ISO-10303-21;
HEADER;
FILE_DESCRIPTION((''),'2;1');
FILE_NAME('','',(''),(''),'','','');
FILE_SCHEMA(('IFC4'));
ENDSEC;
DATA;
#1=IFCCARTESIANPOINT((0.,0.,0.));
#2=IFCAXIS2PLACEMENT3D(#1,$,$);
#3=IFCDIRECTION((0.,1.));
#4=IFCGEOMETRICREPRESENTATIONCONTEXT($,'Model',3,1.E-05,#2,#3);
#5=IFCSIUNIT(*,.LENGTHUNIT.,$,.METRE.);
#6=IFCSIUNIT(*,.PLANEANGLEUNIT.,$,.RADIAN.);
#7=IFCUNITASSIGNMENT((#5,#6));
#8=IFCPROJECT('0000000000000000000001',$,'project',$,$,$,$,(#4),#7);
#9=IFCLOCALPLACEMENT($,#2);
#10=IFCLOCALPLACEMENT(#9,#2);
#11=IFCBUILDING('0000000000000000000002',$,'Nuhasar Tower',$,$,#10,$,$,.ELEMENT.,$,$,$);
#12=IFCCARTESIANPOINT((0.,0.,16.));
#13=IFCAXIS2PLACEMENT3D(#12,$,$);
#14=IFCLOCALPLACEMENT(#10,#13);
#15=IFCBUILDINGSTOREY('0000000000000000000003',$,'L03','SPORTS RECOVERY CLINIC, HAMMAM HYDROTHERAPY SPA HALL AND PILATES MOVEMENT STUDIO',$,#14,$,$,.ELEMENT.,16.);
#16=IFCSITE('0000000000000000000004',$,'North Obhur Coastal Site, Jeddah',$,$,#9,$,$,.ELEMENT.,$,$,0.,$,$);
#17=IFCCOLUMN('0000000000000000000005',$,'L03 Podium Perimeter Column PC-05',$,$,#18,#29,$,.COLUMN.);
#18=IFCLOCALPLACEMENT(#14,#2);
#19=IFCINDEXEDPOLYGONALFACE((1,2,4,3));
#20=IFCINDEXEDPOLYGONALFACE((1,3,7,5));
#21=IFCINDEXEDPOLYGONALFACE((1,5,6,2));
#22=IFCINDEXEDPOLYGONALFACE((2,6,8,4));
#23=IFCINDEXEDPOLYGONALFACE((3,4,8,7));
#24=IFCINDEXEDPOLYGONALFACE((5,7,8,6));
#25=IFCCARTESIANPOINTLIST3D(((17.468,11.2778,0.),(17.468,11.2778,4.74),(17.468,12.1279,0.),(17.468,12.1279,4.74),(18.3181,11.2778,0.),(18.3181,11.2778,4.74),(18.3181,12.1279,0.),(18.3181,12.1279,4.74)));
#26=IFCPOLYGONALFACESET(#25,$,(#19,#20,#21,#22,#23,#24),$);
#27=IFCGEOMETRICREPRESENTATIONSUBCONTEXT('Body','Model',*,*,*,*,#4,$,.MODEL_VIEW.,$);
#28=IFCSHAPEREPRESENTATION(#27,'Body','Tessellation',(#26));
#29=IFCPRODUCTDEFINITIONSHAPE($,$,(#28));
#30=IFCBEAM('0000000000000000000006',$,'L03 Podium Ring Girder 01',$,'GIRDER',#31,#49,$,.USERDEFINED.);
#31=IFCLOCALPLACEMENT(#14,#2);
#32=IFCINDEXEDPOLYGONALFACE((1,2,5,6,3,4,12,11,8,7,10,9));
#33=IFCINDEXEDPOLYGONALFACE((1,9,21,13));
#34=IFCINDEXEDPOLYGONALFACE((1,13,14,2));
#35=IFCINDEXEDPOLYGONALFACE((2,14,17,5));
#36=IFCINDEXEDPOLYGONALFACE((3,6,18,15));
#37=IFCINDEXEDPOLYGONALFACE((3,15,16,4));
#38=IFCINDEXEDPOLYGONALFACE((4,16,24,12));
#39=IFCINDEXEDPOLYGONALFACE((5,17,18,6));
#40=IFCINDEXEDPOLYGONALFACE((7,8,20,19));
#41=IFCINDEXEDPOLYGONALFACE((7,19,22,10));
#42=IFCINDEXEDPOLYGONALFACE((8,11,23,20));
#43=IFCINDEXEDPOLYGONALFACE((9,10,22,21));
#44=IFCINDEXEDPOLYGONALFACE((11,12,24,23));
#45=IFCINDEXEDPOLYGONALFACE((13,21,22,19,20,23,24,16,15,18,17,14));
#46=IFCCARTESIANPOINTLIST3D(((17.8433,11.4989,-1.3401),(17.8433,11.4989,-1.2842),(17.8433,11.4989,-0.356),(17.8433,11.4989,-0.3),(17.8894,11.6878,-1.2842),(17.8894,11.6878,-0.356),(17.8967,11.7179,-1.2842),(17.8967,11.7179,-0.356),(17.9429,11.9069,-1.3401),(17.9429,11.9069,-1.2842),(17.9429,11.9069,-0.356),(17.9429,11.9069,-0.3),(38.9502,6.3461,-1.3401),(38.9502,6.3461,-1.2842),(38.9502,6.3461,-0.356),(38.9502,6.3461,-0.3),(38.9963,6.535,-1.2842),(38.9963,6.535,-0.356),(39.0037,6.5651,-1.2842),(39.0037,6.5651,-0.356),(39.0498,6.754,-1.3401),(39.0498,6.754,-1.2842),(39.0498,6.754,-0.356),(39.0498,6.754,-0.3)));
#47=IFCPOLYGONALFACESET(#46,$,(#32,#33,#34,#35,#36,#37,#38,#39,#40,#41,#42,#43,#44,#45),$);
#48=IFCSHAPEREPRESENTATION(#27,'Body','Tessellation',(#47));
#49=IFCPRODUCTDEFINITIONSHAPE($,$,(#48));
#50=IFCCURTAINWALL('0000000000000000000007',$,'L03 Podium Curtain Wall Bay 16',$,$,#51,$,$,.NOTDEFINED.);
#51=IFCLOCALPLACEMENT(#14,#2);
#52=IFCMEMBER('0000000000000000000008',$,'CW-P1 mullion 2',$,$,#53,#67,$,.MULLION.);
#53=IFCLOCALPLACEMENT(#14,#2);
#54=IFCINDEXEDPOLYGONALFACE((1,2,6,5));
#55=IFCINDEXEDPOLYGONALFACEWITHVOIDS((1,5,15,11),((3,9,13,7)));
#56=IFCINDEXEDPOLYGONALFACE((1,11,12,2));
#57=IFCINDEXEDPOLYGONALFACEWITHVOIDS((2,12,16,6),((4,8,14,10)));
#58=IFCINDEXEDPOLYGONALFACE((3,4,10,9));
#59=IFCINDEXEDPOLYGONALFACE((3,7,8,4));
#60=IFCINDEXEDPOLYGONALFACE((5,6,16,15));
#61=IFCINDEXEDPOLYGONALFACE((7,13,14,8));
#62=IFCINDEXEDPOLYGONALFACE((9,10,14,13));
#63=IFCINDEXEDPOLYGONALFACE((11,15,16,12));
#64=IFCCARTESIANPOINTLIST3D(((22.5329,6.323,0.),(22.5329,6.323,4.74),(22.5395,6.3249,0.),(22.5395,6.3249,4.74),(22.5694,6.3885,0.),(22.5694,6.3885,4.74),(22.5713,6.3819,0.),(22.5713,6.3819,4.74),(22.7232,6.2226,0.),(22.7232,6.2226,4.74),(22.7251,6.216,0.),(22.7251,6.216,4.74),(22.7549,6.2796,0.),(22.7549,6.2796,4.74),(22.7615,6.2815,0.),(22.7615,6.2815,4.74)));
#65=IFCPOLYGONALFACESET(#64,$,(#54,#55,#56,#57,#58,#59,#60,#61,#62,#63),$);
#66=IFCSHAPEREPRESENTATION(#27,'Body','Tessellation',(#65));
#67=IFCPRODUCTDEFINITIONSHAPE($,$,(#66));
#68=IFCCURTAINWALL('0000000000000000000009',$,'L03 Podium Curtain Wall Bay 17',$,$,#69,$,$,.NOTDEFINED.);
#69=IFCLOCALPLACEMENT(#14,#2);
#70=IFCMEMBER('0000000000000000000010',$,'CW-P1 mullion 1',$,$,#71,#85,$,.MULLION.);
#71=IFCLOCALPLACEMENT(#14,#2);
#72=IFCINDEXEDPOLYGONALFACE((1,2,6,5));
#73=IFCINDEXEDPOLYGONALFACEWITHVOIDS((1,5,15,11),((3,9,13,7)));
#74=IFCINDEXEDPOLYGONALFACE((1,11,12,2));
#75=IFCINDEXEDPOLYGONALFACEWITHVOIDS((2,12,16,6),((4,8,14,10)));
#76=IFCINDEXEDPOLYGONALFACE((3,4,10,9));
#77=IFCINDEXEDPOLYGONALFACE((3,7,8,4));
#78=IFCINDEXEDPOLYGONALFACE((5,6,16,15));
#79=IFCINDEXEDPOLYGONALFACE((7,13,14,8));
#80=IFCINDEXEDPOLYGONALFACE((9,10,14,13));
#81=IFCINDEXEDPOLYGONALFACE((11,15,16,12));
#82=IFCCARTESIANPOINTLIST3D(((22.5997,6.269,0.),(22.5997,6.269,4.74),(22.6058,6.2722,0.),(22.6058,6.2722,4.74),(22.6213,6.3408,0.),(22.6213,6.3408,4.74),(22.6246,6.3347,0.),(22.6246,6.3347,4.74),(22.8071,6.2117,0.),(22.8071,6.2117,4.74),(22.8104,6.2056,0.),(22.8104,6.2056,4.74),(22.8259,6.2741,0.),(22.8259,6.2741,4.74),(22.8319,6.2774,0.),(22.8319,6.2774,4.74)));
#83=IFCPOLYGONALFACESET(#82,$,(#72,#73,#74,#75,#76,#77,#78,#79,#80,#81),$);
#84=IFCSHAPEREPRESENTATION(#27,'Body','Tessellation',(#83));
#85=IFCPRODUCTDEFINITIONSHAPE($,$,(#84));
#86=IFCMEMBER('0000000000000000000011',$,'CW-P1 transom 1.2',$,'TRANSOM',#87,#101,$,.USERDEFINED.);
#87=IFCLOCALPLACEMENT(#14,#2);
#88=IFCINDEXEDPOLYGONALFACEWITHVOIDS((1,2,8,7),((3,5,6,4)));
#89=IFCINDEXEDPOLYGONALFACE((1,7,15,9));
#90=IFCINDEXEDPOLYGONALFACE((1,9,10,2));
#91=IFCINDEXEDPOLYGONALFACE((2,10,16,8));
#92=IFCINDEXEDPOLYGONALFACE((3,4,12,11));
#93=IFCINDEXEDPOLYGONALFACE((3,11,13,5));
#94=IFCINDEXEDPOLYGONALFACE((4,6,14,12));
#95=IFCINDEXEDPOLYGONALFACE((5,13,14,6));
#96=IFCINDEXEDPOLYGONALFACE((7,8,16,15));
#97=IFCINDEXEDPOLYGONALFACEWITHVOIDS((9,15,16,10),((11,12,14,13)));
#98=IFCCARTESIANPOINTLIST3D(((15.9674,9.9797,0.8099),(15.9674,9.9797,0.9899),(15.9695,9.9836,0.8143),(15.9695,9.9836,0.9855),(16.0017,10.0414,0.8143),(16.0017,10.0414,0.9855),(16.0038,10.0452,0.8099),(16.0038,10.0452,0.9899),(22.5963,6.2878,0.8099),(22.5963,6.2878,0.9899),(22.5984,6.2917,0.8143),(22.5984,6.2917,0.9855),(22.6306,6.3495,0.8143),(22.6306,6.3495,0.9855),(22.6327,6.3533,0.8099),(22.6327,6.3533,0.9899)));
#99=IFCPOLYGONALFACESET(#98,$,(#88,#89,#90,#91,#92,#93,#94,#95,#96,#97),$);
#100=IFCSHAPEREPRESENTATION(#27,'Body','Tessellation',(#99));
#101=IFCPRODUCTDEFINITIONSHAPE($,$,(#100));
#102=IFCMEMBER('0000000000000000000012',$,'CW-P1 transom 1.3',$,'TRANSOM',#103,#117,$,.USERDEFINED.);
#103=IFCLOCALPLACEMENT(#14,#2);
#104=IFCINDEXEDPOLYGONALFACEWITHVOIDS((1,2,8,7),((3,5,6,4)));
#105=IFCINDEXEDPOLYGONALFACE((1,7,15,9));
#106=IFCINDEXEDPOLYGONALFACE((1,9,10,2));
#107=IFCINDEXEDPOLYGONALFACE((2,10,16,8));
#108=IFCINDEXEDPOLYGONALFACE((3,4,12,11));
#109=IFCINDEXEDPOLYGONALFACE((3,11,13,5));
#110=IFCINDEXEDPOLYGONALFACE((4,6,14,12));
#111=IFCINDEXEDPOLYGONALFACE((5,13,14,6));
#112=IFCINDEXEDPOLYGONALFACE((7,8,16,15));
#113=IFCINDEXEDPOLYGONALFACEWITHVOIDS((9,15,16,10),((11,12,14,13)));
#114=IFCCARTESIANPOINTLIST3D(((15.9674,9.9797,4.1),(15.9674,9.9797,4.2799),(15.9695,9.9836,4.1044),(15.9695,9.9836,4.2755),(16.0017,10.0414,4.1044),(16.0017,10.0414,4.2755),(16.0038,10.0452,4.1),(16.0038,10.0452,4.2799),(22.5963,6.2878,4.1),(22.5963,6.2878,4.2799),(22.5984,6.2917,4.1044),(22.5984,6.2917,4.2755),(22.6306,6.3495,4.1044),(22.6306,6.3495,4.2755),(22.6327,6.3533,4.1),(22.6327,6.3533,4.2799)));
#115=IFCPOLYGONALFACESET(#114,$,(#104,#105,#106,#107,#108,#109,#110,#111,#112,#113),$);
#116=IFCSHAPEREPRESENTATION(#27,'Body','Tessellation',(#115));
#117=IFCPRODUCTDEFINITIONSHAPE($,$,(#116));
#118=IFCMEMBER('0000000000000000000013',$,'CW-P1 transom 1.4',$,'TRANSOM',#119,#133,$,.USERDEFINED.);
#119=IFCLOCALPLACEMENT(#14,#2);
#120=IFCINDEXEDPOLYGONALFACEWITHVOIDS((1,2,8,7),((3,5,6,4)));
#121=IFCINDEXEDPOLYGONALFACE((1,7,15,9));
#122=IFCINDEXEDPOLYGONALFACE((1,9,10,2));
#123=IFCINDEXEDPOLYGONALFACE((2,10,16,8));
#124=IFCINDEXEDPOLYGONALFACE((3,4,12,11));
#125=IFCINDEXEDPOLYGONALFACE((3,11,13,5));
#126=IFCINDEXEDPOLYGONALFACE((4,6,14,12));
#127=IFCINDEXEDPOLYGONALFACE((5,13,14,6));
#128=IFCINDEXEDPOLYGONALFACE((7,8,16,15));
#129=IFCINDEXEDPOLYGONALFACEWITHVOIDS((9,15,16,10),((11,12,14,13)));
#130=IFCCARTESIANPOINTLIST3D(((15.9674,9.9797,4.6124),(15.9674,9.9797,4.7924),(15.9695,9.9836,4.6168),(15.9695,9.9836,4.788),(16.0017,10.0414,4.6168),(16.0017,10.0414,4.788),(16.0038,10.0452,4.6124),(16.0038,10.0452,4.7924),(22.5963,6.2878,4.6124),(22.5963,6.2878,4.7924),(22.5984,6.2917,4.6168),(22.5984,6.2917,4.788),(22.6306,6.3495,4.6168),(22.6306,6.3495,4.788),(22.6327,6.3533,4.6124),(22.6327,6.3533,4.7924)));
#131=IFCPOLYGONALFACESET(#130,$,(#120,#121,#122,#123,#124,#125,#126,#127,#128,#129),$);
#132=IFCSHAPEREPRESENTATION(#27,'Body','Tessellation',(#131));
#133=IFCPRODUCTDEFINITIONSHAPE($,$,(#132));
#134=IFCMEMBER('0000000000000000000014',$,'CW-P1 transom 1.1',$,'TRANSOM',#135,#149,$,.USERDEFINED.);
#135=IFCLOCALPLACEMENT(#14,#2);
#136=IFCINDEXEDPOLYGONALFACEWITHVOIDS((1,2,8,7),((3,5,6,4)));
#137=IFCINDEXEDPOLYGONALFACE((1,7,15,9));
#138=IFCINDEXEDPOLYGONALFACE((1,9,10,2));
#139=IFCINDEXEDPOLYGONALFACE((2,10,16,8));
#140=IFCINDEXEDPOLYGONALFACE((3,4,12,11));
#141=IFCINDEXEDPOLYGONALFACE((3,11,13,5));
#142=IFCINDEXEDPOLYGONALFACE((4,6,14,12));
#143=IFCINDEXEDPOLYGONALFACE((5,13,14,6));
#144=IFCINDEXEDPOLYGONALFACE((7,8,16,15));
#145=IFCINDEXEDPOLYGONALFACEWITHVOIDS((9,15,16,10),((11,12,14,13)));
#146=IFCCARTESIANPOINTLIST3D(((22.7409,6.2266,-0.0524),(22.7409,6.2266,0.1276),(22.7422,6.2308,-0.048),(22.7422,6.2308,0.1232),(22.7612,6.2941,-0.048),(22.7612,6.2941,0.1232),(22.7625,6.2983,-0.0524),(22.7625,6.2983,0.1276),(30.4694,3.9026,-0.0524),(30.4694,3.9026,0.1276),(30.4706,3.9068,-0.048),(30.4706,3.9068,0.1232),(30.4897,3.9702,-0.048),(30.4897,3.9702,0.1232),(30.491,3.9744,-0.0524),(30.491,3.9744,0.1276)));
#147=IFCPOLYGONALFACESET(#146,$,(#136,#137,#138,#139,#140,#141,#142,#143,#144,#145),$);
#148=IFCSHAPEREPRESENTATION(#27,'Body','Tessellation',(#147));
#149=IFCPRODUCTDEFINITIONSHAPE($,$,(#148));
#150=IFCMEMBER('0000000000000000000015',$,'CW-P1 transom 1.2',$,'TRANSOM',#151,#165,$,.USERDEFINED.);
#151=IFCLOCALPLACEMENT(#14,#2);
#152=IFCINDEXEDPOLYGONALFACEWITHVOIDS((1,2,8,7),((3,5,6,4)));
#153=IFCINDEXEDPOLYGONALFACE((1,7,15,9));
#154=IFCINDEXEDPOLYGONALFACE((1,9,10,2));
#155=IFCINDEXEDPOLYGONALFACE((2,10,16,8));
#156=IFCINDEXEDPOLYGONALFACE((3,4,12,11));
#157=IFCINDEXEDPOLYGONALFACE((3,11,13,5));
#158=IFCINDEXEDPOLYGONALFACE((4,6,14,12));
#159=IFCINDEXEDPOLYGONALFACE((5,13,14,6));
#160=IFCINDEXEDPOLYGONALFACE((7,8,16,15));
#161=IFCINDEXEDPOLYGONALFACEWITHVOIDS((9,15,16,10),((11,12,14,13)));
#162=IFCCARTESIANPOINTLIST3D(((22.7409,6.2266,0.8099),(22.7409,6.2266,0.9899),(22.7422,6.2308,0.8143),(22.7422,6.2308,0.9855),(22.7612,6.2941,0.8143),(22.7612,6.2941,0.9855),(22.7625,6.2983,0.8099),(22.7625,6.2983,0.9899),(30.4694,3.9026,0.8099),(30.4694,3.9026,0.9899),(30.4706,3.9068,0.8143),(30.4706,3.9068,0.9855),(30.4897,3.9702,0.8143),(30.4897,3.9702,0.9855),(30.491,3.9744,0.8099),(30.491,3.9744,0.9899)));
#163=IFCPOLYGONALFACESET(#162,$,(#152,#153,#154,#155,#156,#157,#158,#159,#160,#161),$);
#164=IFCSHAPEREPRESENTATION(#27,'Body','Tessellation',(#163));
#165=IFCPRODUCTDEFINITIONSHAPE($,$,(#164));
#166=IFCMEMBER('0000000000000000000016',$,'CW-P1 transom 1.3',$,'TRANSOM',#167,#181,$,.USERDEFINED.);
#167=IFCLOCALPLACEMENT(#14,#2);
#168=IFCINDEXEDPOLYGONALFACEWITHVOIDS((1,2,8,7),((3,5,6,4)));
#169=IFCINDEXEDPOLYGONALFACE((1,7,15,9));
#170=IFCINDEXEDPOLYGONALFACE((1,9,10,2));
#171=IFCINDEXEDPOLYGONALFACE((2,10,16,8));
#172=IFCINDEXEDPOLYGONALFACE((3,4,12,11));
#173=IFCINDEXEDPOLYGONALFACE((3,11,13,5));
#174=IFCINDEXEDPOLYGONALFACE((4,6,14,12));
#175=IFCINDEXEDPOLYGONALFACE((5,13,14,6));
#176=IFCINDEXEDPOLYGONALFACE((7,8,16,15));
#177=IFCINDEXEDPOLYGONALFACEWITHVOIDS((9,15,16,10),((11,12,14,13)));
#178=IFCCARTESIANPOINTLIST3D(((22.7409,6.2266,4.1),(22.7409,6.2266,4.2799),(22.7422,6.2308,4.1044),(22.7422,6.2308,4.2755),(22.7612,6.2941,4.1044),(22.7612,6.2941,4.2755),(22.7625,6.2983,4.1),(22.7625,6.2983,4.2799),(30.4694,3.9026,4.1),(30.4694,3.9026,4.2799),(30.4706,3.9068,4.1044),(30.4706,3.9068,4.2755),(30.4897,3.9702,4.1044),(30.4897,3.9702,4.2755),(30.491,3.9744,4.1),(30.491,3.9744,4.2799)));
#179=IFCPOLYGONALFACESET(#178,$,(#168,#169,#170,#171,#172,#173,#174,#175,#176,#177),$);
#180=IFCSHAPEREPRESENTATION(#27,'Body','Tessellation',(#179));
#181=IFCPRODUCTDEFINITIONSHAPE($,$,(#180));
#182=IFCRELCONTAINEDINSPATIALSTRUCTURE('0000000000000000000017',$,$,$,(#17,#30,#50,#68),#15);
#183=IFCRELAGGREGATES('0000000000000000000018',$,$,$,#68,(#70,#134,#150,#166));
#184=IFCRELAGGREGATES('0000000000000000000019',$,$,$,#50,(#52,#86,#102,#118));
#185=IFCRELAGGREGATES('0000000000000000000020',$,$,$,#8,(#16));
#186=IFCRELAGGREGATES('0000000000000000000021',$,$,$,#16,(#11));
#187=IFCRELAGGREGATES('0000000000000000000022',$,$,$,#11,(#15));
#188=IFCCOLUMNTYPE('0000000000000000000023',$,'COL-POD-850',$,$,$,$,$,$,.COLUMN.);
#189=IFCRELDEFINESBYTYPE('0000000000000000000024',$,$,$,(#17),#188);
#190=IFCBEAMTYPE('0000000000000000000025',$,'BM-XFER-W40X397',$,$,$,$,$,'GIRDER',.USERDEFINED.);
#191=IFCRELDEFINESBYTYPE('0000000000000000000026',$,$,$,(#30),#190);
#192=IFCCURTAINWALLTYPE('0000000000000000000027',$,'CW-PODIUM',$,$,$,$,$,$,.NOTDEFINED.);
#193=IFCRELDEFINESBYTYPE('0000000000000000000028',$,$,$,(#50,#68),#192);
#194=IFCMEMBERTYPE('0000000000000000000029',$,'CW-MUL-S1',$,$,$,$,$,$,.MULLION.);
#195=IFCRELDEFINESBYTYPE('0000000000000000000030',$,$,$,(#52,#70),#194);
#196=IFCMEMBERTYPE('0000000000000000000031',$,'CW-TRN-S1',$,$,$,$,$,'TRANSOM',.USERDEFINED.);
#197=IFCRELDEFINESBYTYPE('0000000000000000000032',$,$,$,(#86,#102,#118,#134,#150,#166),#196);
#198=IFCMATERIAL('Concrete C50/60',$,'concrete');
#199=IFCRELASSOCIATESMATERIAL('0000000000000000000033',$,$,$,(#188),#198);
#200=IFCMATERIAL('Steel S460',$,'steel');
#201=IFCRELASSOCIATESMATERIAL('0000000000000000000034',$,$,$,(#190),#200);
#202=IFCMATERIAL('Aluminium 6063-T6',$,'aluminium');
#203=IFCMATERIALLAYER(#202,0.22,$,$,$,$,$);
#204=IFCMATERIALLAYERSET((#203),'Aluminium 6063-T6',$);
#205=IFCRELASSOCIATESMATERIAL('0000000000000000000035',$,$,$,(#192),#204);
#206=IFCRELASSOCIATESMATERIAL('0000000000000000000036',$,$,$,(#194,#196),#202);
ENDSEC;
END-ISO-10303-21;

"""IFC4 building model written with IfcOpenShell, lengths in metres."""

from ifc_helpers import new_model, si_unit, direction, frame, origin, origin_2d, place, context, subcontext, project, spatial, rectangle, hollow_rectangle, i_section, extrude, material, layer, layer_set, material_profile, profile_set, type_object, element, aggregate, save


model = new_model("IFC4")

# Units and contexts
model_context = context("Model", 3, precision=1e-05, world=origin(), true_north=direction((0.0, 1.0)))
body_context = subcontext(model_context, "Body", "Model", "MODEL_VIEW")
ifc_project = project(units=[si_unit("LENGTHUNIT", "METRE"), si_unit("PLANEANGLEUNIT", "RADIAN")], contexts=[model_context])

# Site, building, storey
site_placement = place(None, origin())
site = spatial("IfcSite", under=ifc_project, at=site_placement, Name="North Obhur Coastal Site, Jeddah", CompositionType="ELEMENT", RefElevation=0.0)
building_placement = place(site_placement, origin())
building = spatial("IfcBuilding", under=site, at=building_placement, Name="Nuhasar Tower", CompositionType="ELEMENT")
storey_placement = place(building_placement, frame((0.0, 0.0, 16.0)))
storey = spatial("IfcBuildingStorey", under=building, at=storey_placement, Name="L03", Description="SPORTS RECOVERY CLINIC, HAMMAM HYDROTHERAPY SPA HALL AND PILATES MOVEMENT STUDIO", CompositionType="ELEMENT", Elevation=16.0)

# Column
ifc_material_1 = material(Name="Concrete C50/60", Category="concrete")
ifc_material_profile_1 = material_profile(ifc_material_1, rectangle(XDim=0.8501, YDim=0.8501, at=origin_2d()), Name="RC850X850")
ifc_profile_set_1 = profile_set([ifc_material_profile_1], Name="Concrete C50/60")
column_type = type_object("IfcColumnType", Name="COL-POD-850", PredefinedType="COLUMN", material=ifc_profile_set_1)
column_placement = place(storey_placement, frame((17.8931, 11.7029, 0.0), z_axis=(0.0, 0.0, 1.0), x_axis=(1.0, 0.0, 0.0)))
element("IfcColumn", 1, at=column_placement, inside=storey, type_object=column_type, Name="L03 Podium Perimeter Column PC-05", PredefinedType="COLUMN", context=body_context, shape_type="SweptSolid", body=[
    extrude(rectangle(XDim=0.8501, YDim=0.8501, at=origin_2d()), origin(), (0.0, 0.0, 1.0), 4.74),
])

# Beam
ifc_material_2 = material(Name="Steel S460", Category="steel")
ifc_material_profile_2 = material_profile(ifc_material_2, i_section(OverallWidth=0.4199, OverallDepth=1.04, WebThickness=0.031, FlangeThickness=0.0559, at=origin_2d()), Name="W40X397")
ifc_profile_set_2 = profile_set([ifc_material_profile_2], Name="Steel S460")
beam_type = type_object("IfcBeamType", Name="BM-XFER-W40X397", ElementType="GIRDER", PredefinedType="USERDEFINED", material=ifc_profile_set_2)
beam_placement = place(storey_placement, frame((17.8931, 11.7029, -0.8201), z_axis=(0.971469, -0.237165, 0.0), x_axis=(0.237165, 0.971469, 0.0)))
element("IfcBeam", 2, at=beam_placement, inside=storey, type_object=beam_type, Name="L03 Podium Ring Girder 01", ObjectType="GIRDER", PredefinedType="USERDEFINED", context=body_context, shape_type="SweptSolid", body=[
    extrude(i_section(OverallWidth=0.4199, OverallDepth=1.04, WebThickness=0.031, FlangeThickness=0.0559, at=origin_2d()), origin(), (0.0, 0.0, 1.0), 21.7268),
])

# Curtain walls, members
ifc_material_3 = material(Name="Aluminium 6063-T6", Category="aluminium")
ifc_layer_1 = layer(ifc_material_3, 0.22)
ifc_layer_set_1 = layer_set([ifc_layer_1], Name="Aluminium 6063-T6")
curtain_wall_type = type_object("IfcCurtainWallType", Name="CW-PODIUM", PredefinedType="NOTDEFINED", material=ifc_layer_set_1)
curtain_wall_1_placement = place(storey_placement, origin())
curtain_wall_1 = element("IfcCurtainWall", 3, at=curtain_wall_1_placement, inside=storey, type_object=curtain_wall_type, Name="L03 Podium Curtain Wall Bay 16", PredefinedType="NOTDEFINED")
ifc_material_profile_3 = material_profile(ifc_material_3, hollow_rectangle(XDim=0.075, YDim=0.22, WallThickness=0.0049, at=origin_2d()), Name="CWM-1")
ifc_profile_set_3 = profile_set([ifc_material_profile_3], Name="Aluminium 6063-T6")
member_type_1 = type_object("IfcMemberType", Name="CW-MUL-S1", PredefinedType="MULLION", material=ifc_profile_set_3)
member_1_placement = place(storey_placement, frame((22.6472, 6.3022, 0.0), z_axis=(0.0, 0.0, 1.0), x_axis=(0.486575, 0.873639, 0.0)))
member_1 = element("IfcMember", 4, at=member_1_placement, type_object=member_type_1, Name="CW-P1 mullion 2", PredefinedType="MULLION", context=body_context, shape_type="SweptSolid", body=[
    extrude(hollow_rectangle(XDim=0.075, YDim=0.22, WallThickness=0.0049, at=origin_2d()), origin(), (0.0, 0.0, 1.0), 4.74),
])
curtain_wall_2_placement = place(storey_placement, origin())
curtain_wall_2 = element("IfcCurtainWall", 5, at=curtain_wall_2_placement, inside=storey, type_object=curtain_wall_type, Name="L03 Podium Curtain Wall Bay 17", PredefinedType="NOTDEFINED")
member_2_placement = place(storey_placement, frame((22.7158, 6.2732, 0.0), z_axis=(0.0, 0.0, 1.0), x_axis=(0.287951, 0.957645, 0.0)))
member_2 = element("IfcMember", 6, at=member_2_placement, type_object=member_type_1, Name="CW-P1 mullion 1", PredefinedType="MULLION", context=body_context, shape_type="SweptSolid", body=[
    extrude(hollow_rectangle(XDim=0.075, YDim=0.22, WallThickness=0.0049, at=origin_2d()), origin(), (0.0, 0.0, 1.0), 4.74),
])

# Members
ifc_material_profile_4 = material_profile(ifc_material_3, hollow_rectangle(XDim=0.075, YDim=0.1799, WallThickness=0.0044, at=origin_2d()), Name="CWT-1")
ifc_profile_set_4 = profile_set([ifc_material_profile_4], Name="Aluminium 6063-T6")
member_type_2 = type_object("IfcMemberType", Name="CW-TRN-S1", ElementType="TRANSOM", PredefinedType="USERDEFINED", material=ifc_profile_set_4)
member_3_placement = place(storey_placement, frame((15.9856, 10.0125, 0.8999), z_axis=(0.873644, -0.486566, 0.0), x_axis=(0.486566, 0.873644, 0.0)))
member_3 = element("IfcMember", 7, at=member_3_placement, type_object=member_type_2, Name="CW-P1 transom 1.2", ObjectType="TRANSOM", PredefinedType="USERDEFINED", context=body_context, shape_type="SweptSolid", body=[
    extrude(hollow_rectangle(XDim=0.075, YDim=0.1799, WallThickness=0.0044, at=origin_2d()), origin(), (0.0, 0.0, 1.0), 7.5876),
])
member_4_placement = place(storey_placement, frame((15.9856, 10.0125, 4.1899), z_axis=(0.873644, -0.486566, 0.0), x_axis=(0.486566, 0.873644, 0.0)))
member_4 = element("IfcMember", 8, at=member_4_placement, type_object=member_type_2, Name="CW-P1 transom 1.3", ObjectType="TRANSOM", PredefinedType="USERDEFINED", context=body_context, shape_type="SweptSolid", body=[
    extrude(hollow_rectangle(XDim=0.075, YDim=0.1799, WallThickness=0.0044, at=origin_2d()), origin(), (0.0, 0.0, 1.0), 7.5876),
])
member_5_placement = place(storey_placement, frame((15.9856, 10.0125, 4.7024), z_axis=(0.873644, -0.486566, 0.0), x_axis=(0.486566, 0.873644, 0.0)))
member_5 = element("IfcMember", 9, at=member_5_placement, type_object=member_type_2, Name="CW-P1 transom 1.4", ObjectType="TRANSOM", PredefinedType="USERDEFINED", context=body_context, shape_type="SweptSolid", body=[
    extrude(hollow_rectangle(XDim=0.075, YDim=0.1799, WallThickness=0.0044, at=origin_2d()), origin(), (0.0, 0.0, 1.0), 7.5876),
])
member_6_placement = place(storey_placement, frame((22.7517, 6.2625, 0.0376), z_axis=(0.957641, -0.287964, 0.0), x_axis=(0.287964, 0.957641, 0.0)))
member_6 = element("IfcMember", 10, at=member_6_placement, type_object=member_type_2, Name="CW-P1 transom 1.1", ObjectType="TRANSOM", PredefinedType="USERDEFINED", context=body_context, shape_type="SweptSolid", body=[
    extrude(hollow_rectangle(XDim=0.075, YDim=0.1799, WallThickness=0.0044, at=origin_2d()), origin(), (0.0, 0.0, 1.0), 8.0703),
])
member_7_placement = place(storey_placement, frame((22.7517, 6.2625, 0.8999), z_axis=(0.957641, -0.287964, 0.0), x_axis=(0.287964, 0.957641, 0.0)))
member_7 = element("IfcMember", 11, at=member_7_placement, type_object=member_type_2, Name="CW-P1 transom 1.2", ObjectType="TRANSOM", PredefinedType="USERDEFINED", context=body_context, shape_type="SweptSolid", body=[
    extrude(hollow_rectangle(XDim=0.075, YDim=0.1799, WallThickness=0.0044, at=origin_2d()), origin(), (0.0, 0.0, 1.0), 8.0703),
])
member_8_placement = place(storey_placement, frame((22.7517, 6.2625, 4.1899), z_axis=(0.957641, -0.287964, 0.0), x_axis=(0.287964, 0.957641, 0.0)))
member_8 = element("IfcMember", 12, at=member_8_placement, type_object=member_type_2, Name="CW-P1 transom 1.3", ObjectType="TRANSOM", PredefinedType="USERDEFINED", context=body_context, shape_type="SweptSolid", body=[
    extrude(hollow_rectangle(XDim=0.075, YDim=0.1799, WallThickness=0.0044, at=origin_2d()), origin(), (0.0, 0.0, 1.0), 8.0703),
])
aggregate(curtain_wall_2, [member_2, member_6, member_7, member_8])

aggregate(curtain_wall_1, [member_1, member_3, member_4, member_5])

save(model, "model.ifc")
